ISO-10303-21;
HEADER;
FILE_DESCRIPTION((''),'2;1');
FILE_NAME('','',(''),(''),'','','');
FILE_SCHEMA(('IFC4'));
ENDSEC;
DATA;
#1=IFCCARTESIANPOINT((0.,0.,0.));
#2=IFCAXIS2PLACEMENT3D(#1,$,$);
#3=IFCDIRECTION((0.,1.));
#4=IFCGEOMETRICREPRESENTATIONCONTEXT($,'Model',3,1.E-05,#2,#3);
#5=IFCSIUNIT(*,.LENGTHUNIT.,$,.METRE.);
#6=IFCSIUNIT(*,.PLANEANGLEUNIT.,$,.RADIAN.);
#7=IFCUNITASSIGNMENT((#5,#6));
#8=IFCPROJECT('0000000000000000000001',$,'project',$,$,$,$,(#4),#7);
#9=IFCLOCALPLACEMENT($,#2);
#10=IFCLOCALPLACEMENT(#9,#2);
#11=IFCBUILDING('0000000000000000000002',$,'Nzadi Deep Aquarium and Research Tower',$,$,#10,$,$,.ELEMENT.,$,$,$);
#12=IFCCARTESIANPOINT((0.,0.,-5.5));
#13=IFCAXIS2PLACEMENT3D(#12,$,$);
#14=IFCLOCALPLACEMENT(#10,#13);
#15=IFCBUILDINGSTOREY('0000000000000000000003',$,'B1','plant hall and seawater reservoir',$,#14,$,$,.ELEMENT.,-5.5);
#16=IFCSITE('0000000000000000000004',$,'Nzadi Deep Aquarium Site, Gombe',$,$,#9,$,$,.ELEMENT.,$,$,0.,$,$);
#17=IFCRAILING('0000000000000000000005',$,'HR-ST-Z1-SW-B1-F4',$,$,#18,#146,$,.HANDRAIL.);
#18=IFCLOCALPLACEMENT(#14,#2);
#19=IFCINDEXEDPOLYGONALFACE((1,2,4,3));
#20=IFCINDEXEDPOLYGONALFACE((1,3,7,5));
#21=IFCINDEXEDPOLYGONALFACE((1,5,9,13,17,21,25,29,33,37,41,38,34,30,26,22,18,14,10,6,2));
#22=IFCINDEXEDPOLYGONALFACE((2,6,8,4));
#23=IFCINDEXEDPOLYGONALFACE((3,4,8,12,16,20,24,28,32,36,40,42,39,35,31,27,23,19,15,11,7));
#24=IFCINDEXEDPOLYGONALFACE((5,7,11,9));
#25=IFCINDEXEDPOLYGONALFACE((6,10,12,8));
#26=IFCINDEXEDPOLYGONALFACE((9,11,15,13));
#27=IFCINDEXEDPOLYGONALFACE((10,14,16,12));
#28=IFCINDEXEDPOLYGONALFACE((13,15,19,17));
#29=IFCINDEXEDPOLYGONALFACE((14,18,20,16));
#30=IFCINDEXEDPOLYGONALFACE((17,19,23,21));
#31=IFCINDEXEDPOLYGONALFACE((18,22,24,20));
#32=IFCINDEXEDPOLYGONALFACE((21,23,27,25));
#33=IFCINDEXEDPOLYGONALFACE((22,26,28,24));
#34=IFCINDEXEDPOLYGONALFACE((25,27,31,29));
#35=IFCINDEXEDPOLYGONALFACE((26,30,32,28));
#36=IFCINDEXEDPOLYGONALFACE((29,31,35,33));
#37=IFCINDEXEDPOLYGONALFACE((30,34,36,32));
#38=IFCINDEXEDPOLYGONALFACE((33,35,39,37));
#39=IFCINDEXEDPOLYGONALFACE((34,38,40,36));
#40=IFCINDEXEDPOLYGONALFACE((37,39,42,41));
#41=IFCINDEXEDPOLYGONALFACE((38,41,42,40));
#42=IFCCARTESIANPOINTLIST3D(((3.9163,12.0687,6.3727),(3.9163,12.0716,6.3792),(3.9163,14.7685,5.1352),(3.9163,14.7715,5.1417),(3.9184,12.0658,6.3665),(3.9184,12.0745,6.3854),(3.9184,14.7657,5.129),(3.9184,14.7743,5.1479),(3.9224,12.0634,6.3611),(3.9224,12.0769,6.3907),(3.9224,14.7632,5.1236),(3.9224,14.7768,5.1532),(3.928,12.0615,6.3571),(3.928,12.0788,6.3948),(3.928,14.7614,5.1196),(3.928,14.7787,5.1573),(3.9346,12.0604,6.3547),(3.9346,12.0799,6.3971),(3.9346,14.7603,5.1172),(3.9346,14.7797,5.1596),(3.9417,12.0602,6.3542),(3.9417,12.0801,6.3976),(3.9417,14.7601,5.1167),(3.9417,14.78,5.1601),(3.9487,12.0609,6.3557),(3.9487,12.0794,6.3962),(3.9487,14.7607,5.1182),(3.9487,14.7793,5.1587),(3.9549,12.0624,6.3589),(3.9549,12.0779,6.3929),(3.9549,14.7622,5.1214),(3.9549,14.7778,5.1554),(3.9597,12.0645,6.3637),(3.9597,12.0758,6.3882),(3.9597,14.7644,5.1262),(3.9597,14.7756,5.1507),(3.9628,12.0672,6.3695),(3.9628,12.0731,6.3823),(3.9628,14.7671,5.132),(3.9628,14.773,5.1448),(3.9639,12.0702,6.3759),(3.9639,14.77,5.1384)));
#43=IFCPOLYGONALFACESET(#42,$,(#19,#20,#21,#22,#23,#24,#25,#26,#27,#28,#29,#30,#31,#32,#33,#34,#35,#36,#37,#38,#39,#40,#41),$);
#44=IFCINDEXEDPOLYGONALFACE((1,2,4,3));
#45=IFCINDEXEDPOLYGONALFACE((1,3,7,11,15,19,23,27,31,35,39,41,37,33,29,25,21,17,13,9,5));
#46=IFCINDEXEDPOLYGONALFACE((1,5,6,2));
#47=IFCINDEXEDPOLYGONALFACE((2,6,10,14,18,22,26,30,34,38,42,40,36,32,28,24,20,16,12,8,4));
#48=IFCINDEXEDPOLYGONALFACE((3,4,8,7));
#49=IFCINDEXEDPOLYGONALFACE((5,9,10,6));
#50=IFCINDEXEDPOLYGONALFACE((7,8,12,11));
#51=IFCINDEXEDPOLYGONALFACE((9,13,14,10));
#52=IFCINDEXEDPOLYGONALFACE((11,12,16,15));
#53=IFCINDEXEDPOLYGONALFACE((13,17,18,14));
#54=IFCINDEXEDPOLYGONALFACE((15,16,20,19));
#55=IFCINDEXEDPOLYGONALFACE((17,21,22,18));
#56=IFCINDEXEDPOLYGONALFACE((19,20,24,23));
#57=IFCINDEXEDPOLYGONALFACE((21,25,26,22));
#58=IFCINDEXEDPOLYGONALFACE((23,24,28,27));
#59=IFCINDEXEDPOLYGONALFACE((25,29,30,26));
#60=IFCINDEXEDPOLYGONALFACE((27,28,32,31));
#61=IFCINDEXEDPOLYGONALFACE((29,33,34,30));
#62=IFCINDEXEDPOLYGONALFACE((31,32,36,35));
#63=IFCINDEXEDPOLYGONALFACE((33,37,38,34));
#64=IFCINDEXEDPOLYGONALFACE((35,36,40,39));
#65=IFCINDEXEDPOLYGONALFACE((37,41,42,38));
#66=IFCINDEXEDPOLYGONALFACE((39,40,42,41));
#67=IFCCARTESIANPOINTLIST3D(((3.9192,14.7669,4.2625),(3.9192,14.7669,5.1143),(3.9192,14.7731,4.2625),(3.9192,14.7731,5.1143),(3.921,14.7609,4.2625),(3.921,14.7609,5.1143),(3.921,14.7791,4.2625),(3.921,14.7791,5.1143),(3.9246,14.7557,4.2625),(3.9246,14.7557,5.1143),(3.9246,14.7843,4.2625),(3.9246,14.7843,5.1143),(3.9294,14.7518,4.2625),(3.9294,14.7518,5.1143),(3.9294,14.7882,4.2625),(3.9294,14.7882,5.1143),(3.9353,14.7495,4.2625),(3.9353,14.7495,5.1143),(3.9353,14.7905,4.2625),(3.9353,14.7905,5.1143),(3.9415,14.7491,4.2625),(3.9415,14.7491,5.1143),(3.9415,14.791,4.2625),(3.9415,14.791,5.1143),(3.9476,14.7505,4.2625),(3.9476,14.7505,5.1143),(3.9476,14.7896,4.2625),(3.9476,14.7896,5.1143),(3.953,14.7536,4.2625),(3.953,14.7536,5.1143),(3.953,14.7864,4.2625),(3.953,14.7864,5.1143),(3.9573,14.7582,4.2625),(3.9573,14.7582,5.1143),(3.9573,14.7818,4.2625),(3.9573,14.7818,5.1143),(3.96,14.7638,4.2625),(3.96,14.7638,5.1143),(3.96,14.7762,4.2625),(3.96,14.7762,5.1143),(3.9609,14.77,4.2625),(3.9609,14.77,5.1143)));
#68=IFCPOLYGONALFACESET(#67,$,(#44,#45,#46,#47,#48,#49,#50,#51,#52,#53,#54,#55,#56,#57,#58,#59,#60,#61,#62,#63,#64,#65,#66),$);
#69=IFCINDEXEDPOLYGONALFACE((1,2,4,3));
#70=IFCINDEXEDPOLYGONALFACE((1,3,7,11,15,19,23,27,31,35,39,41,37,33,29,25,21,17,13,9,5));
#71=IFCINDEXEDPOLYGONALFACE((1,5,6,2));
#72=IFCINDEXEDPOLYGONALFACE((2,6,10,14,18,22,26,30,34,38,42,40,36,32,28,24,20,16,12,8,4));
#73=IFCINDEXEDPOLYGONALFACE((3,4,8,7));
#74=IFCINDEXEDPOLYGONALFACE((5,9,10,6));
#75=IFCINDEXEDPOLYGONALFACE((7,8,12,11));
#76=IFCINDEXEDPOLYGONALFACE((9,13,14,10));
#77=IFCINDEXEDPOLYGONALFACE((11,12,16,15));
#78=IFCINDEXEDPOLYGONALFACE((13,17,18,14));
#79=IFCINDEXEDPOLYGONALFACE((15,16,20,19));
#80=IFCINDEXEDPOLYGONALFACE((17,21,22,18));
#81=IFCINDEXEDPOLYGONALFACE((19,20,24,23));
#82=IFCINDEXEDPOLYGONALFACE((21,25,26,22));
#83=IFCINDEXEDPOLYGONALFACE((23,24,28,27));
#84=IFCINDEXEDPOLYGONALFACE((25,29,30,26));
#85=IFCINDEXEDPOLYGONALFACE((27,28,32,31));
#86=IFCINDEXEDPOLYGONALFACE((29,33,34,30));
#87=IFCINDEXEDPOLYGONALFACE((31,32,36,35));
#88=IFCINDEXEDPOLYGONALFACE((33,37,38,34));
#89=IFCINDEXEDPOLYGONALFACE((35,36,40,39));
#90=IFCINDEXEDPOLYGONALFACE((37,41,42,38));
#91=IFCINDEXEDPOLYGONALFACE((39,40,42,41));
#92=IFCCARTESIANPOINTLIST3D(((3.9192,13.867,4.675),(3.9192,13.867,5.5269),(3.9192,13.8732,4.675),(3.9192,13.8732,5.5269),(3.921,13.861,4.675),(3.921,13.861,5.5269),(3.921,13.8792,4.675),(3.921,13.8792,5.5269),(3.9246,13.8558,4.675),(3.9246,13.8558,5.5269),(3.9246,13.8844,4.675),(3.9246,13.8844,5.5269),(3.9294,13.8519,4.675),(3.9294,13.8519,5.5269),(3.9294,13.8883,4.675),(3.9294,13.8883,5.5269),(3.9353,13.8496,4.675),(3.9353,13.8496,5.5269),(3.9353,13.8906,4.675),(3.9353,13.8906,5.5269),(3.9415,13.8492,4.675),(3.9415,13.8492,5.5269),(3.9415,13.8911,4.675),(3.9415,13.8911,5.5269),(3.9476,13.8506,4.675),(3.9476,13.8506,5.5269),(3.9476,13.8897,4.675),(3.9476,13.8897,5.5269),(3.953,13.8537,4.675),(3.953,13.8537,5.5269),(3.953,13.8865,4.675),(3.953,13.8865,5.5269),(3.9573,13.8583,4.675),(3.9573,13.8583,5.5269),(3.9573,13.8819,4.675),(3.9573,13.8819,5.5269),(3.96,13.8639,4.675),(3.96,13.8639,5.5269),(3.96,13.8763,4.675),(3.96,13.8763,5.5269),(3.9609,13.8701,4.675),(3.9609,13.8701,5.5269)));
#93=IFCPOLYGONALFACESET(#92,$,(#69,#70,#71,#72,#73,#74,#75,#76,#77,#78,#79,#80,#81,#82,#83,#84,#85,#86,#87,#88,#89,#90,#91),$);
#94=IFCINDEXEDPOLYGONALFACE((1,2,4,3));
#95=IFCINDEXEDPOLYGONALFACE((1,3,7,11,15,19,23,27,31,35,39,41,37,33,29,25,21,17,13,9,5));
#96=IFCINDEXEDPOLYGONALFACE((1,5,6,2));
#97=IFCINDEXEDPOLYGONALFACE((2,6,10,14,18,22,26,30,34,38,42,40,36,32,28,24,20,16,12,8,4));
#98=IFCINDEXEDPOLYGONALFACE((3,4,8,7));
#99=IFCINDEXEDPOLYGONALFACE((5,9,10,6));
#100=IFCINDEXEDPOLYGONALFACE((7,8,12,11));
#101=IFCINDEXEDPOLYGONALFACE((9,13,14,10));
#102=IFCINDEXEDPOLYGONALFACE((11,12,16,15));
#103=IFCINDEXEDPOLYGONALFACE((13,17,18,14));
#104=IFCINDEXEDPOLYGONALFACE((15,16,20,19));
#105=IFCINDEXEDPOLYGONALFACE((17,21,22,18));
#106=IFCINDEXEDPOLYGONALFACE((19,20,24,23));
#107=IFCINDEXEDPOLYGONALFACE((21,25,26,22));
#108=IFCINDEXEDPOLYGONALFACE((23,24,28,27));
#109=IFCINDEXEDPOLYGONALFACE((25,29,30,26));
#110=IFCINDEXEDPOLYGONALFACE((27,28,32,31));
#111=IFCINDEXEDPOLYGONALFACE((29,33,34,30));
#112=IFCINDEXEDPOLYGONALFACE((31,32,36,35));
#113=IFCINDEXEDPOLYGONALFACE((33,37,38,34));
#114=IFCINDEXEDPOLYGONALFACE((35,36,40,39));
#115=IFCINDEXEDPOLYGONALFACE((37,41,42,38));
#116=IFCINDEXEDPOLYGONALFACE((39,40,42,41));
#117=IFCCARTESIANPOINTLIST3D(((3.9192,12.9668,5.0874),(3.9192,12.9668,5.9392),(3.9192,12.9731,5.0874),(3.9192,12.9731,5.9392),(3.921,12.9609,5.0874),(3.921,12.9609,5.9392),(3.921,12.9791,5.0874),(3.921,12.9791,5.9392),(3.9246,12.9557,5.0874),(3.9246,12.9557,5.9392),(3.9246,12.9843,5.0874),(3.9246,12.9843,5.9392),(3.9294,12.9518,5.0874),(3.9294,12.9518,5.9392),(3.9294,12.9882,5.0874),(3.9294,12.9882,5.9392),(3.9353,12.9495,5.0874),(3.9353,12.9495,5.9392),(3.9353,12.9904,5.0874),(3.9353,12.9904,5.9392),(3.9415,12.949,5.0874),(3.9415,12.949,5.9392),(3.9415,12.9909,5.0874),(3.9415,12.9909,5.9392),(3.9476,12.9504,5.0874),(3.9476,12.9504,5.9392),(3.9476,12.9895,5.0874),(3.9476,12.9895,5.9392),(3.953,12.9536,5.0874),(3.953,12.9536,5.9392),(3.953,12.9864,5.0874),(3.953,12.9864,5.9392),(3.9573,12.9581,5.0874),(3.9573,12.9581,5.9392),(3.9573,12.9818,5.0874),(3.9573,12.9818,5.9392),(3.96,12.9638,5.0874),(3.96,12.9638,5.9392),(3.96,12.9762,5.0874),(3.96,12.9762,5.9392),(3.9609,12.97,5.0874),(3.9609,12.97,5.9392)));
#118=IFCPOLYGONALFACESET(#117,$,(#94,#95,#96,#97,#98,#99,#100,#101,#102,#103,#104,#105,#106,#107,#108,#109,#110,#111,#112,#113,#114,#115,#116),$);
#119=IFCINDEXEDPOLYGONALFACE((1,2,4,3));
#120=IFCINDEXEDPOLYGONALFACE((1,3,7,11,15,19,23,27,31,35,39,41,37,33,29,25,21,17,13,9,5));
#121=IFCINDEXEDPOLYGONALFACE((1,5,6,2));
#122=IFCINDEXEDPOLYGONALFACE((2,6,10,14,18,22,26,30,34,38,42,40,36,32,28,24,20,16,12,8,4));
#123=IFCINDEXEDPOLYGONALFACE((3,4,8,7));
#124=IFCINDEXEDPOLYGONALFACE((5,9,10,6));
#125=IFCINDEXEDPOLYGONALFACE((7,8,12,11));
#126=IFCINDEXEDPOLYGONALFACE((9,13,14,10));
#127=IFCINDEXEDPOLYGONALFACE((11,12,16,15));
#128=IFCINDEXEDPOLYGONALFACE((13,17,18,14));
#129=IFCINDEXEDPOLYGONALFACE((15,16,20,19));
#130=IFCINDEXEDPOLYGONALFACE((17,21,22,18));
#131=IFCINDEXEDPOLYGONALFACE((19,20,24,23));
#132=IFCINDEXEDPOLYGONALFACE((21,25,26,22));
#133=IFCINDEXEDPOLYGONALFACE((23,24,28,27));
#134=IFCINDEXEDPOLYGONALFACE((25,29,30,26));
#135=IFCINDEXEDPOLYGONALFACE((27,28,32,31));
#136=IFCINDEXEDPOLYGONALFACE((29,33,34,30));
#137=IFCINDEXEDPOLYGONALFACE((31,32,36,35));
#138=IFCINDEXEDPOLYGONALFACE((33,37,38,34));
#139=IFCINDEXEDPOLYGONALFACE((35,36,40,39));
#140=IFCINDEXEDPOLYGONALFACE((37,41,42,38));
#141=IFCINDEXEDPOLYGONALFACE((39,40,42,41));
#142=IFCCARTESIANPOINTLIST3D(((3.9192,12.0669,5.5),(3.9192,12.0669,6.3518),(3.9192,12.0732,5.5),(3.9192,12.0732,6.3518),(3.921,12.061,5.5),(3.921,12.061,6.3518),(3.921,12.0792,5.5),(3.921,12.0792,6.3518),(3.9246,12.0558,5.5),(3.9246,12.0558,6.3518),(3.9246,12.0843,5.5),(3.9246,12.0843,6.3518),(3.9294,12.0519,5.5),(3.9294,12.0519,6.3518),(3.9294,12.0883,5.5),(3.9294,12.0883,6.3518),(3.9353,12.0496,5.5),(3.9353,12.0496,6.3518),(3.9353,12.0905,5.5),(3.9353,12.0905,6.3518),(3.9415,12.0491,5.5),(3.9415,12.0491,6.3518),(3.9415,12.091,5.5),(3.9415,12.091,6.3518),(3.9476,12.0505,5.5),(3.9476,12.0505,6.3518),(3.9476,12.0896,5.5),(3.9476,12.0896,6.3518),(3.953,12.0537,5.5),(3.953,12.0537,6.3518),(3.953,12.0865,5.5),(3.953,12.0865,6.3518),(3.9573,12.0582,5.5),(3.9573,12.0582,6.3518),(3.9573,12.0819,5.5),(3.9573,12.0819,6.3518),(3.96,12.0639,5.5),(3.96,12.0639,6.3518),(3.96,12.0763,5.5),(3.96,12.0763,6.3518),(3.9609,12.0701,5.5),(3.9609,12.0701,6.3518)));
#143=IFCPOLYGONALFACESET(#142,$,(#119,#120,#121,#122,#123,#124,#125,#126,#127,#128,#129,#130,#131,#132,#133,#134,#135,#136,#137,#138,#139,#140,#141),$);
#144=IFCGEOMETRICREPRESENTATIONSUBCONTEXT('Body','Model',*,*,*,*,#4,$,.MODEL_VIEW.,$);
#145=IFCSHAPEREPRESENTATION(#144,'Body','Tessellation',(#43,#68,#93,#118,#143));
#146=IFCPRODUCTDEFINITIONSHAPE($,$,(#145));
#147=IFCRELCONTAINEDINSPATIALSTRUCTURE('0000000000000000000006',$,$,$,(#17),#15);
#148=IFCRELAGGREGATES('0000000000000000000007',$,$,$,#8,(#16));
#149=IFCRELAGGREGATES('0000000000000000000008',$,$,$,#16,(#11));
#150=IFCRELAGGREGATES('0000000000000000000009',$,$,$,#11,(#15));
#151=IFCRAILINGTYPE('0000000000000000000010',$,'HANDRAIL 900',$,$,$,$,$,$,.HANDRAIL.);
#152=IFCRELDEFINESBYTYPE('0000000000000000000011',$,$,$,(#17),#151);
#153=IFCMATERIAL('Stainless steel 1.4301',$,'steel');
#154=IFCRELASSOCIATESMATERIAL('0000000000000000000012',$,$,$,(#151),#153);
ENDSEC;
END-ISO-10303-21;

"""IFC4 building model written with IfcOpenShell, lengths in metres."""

from ifc_helpers import new_model, si_unit, direction, frame, origin, origin_2d, place, context, subcontext, project, spatial, circle, extrude, material, type_object, element, save


model = new_model("IFC4")

# Units and contexts
model_context = context("Model", 3, precision=1e-05, world=origin(), true_north=direction((0.0, 1.0)))
body_context = subcontext(model_context, "Body", "Model", "MODEL_VIEW")
ifc_project = project(units=[si_unit("LENGTHUNIT", "METRE"), si_unit("PLANEANGLEUNIT", "RADIAN")], contexts=[model_context])

# Site, building, storey
site_placement = place(None, origin())
site = spatial("IfcSite", under=ifc_project, at=site_placement, Name="Nzadi Deep Aquarium Site, Gombe", CompositionType="ELEMENT", RefElevation=0.0)
building_placement = place(site_placement, origin())
building = spatial("IfcBuilding", under=site, at=building_placement, Name="Nzadi Deep Aquarium and Research Tower", CompositionType="ELEMENT")
storey_placement = place(building_placement, frame((0.0, 0.0, -5.5)))
storey = spatial("IfcBuildingStorey", under=building, at=storey_placement, Name="B1", Description="plant hall and seawater reservoir", CompositionType="ELEMENT", Elevation=-5.5)

# Railing
ifc_material_1 = material(Name="Stainless steel 1.4301", Category="steel")
railing_type = type_object("IfcRailingType", Name="HANDRAIL 900", PredefinedType="HANDRAIL", material=ifc_material_1)
for number, where, name in (
    (1, (3.9399, 14.77, 4.2625), "HR-ST-Z1-SW-B1-F4"),
):
    element("IfcRailing", number, at=place(storey_placement, frame(where)), inside=storey, type_object=railing_type, Name=name, PredefinedType="HANDRAIL", context=body_context, shape_type="SweptSolid", body=[
        extrude(circle(Radius=0.0239, at=origin_2d()), frame((0.0, 0.0, 0.876), z_axis=(0.0, -0.909056, 0.416675), x_axis=(1.0, 0.0, 0.0)), (0.0, 0.0, 1.0), 2.97),
        extrude(circle(Radius=0.021, at=origin_2d()), origin(), (0.0, 0.0, 1.0), 0.8518),
        extrude(circle(Radius=0.021, at=origin_2d()), frame((0.0, -0.8999, 0.4126)), (0.0, 0.0, 1.0), 0.8518),
        extrude(circle(Radius=0.021, at=origin_2d()), frame((0.0, -1.8, 0.825)), (0.0, 0.0, 1.0), 0.8518),
        extrude(circle(Radius=0.021, at=origin_2d()), frame((0.0, -2.7, 1.2375)), (0.0, 0.0, 1.0), 0.8518),
    ])

save(model, "model.ifc")
